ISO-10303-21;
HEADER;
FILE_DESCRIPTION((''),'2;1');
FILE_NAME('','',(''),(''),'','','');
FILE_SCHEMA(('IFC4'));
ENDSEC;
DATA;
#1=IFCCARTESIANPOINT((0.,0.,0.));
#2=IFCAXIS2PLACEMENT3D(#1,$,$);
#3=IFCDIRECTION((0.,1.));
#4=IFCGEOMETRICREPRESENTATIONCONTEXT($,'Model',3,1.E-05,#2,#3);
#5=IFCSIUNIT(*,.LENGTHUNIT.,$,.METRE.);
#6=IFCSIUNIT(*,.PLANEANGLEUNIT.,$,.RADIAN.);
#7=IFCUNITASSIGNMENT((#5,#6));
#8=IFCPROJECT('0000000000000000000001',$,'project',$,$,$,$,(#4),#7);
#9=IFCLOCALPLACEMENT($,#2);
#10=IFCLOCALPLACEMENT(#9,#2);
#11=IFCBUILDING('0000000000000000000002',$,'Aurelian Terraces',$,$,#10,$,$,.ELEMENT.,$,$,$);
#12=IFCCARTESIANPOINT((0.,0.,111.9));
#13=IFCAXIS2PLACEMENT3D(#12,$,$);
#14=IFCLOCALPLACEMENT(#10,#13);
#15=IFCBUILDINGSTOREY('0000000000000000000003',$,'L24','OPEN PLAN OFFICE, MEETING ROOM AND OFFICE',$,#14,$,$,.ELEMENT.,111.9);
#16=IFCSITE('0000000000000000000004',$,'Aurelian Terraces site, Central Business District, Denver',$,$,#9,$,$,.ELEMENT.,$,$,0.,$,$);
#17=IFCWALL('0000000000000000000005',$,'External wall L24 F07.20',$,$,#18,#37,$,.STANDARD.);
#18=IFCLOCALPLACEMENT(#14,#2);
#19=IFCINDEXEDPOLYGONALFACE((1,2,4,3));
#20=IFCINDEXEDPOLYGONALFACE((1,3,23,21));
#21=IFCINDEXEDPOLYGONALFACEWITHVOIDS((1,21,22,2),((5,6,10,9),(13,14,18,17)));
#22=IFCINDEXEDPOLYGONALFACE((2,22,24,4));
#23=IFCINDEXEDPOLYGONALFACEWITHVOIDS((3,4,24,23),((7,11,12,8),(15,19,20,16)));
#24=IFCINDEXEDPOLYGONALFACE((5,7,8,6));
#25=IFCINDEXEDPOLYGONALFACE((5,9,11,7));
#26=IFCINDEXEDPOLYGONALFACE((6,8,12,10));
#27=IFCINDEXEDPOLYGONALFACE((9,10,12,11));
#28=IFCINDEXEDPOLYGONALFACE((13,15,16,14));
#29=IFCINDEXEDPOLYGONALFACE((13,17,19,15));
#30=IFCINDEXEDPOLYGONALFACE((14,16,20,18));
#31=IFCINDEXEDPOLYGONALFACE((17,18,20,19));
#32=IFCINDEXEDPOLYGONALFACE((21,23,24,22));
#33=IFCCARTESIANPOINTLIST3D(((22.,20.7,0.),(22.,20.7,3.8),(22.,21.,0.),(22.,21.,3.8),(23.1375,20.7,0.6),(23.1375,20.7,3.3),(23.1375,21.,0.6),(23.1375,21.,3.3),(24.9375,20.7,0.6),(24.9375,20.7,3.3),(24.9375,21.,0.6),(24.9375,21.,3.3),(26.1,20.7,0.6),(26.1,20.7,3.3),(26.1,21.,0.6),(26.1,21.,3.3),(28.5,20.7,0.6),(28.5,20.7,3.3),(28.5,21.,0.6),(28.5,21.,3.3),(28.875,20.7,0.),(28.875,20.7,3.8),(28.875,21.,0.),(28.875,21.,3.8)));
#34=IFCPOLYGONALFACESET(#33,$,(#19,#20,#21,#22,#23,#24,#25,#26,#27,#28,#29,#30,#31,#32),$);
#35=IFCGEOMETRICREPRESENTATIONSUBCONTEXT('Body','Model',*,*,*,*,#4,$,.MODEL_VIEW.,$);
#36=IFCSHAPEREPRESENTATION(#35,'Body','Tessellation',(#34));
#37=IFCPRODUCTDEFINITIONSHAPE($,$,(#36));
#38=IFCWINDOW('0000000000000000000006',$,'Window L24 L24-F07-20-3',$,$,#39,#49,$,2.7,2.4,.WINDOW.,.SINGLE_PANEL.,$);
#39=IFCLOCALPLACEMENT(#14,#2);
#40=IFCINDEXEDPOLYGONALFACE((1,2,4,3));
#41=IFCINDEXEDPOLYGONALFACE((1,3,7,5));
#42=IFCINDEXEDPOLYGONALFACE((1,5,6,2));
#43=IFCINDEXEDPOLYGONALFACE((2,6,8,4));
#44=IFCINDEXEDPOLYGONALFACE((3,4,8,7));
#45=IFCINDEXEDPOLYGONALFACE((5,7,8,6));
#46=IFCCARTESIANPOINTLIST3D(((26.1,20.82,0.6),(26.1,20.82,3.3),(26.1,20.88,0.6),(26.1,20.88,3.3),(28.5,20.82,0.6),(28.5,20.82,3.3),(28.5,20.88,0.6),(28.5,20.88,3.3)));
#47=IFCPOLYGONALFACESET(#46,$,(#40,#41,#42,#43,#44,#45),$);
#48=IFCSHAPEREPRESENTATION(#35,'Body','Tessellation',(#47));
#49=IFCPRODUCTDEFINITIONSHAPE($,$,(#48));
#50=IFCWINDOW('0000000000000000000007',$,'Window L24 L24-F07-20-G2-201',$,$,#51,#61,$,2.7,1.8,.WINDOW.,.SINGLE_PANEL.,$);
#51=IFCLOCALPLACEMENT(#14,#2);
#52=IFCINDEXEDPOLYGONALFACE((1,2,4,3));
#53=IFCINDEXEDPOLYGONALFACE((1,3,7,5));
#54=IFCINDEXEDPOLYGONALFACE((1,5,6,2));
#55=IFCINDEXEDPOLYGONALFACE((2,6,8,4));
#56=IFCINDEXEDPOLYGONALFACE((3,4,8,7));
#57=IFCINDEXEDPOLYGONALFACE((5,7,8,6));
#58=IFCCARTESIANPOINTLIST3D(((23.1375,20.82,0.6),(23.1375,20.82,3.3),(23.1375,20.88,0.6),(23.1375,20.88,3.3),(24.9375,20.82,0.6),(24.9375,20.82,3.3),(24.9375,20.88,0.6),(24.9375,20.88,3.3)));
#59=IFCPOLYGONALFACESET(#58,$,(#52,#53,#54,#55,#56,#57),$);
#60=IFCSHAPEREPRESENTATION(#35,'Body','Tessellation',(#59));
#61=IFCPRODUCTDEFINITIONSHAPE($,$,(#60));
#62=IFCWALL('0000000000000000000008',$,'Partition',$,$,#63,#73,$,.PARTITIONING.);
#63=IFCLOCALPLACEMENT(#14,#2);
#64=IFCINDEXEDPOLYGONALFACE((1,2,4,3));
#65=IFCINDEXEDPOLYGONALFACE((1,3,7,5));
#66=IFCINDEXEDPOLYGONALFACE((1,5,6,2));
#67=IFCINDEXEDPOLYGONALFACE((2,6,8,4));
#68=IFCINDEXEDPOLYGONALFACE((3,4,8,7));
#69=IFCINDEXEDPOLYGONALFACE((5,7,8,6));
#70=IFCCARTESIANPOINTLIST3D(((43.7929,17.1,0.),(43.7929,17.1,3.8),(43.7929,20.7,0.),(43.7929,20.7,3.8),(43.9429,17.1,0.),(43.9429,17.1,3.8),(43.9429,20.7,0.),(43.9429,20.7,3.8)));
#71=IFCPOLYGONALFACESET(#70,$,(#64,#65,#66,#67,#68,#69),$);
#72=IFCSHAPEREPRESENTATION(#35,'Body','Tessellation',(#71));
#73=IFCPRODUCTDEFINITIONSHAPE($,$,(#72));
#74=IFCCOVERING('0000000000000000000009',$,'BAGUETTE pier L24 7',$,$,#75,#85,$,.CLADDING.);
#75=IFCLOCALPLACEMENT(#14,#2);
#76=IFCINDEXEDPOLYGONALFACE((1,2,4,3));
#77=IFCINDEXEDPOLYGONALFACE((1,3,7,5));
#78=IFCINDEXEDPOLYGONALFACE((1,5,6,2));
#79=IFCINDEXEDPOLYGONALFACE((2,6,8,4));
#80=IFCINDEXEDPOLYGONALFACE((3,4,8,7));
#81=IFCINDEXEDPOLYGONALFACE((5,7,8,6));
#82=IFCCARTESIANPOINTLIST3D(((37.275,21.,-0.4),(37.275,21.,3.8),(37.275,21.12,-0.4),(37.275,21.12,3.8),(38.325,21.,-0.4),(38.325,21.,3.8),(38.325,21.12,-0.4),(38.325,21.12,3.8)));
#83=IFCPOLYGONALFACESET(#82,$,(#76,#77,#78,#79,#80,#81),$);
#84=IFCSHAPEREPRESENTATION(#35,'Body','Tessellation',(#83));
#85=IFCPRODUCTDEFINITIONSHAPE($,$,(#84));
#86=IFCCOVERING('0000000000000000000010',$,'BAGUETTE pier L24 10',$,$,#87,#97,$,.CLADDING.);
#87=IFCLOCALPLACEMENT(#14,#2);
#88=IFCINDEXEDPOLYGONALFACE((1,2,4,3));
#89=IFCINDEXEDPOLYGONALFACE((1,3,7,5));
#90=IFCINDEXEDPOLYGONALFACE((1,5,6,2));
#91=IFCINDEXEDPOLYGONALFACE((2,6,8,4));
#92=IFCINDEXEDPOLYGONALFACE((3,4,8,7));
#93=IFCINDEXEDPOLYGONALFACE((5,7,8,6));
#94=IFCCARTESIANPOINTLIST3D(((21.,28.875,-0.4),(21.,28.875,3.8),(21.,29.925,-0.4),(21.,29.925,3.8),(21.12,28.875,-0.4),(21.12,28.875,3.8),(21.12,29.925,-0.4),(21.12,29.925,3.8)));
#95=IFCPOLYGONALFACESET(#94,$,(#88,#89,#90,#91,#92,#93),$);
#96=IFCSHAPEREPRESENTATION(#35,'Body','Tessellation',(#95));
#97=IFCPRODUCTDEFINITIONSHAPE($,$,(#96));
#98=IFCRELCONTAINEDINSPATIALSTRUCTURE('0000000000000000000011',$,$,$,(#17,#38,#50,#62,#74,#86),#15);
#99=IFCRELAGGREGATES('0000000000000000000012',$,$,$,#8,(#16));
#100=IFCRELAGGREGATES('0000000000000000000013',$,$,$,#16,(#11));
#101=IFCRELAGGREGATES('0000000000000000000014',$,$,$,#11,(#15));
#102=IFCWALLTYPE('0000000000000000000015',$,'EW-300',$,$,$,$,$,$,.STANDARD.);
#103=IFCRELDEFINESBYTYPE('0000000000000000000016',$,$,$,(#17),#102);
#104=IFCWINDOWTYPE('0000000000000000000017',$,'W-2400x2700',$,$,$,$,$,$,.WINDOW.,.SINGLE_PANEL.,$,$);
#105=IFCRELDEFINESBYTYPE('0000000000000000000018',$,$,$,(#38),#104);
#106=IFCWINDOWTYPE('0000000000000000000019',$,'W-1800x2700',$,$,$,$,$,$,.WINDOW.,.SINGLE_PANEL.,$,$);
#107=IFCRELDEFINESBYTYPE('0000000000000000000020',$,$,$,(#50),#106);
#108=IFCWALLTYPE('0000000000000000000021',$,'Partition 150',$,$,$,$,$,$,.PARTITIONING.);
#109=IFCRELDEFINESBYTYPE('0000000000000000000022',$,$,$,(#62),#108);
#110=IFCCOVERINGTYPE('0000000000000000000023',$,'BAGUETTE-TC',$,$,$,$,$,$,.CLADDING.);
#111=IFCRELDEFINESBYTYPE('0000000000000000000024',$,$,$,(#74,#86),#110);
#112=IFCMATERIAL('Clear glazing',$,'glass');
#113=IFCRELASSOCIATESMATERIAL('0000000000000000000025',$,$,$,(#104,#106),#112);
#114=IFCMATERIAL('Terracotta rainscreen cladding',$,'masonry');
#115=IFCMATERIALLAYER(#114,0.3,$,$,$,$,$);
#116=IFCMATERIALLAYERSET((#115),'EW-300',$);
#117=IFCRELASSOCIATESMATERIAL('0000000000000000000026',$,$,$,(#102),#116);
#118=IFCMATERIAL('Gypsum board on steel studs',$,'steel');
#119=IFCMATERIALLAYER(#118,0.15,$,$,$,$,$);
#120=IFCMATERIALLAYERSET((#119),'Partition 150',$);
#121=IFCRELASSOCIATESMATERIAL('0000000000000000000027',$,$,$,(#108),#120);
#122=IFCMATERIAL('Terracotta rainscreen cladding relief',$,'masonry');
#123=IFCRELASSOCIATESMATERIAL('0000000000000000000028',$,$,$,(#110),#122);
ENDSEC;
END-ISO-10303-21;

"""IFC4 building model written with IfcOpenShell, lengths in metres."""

from ifc_helpers import new_model, si_unit, direction, frame, frame_2d, origin, origin_2d, place, context, subcontext, project, spatial, rectangle, extrude, source, transform, mapped, material, layer, layer_set, type_object, element, fill, save


model = new_model("IFC4")

# Units and contexts
model_context = context("Model", 3, precision=1e-05, world=origin(), true_north=direction((0.0, 1.0)))
body_context = subcontext(model_context, "Body", "Model", "MODEL_VIEW")
ifc_project = project(units=[si_unit("LENGTHUNIT", "METRE"), si_unit("PLANEANGLEUNIT", "RADIAN")], contexts=[model_context])

# Site, building, storey
site_placement = place(None, origin())
site = spatial("IfcSite", under=ifc_project, at=site_placement, Name="Aurelian Terraces site, Central Business District, Denver", CompositionType="ELEMENT", RefElevation=0.0)
building_placement = place(site_placement, origin())
building = spatial("IfcBuilding", under=site, at=building_placement, Name="Aurelian Terraces", CompositionType="ELEMENT")
storey_placement = place(building_placement, frame((0.0, 0.0, 111.9)))
storey = spatial("IfcBuildingStorey", under=building, at=storey_placement, Name="L24", Description="OPEN PLAN OFFICE, MEETING ROOM AND OFFICE", CompositionType="ELEMENT", Elevation=111.9)

# Shared definitions
ifc_material_1 = material(Name="Clear glazing", Category="glass")
window_type_1 = type_object("IfcWindowType", Name="W-2400x2700", PartitioningType="SINGLE_PANEL", PredefinedType="WINDOW", material=ifc_material_1)
shared_shape_1 = source(origin(), body_context, "Body", "SweptSolid", [
    extrude(rectangle(XDim=2.4, YDim=2.7, at=frame_2d((1.2, 1.35))), frame((0.0, 0.03, 0.0), z_axis=(0.0, -1.0, 0.0), x_axis=(1.0, 0.0, 0.0)), (0.0, 0.0, 1.0), 0.06),
])

# Wall, openings, windows
ifc_material_2 = material(Name="Terracotta rainscreen cladding", Category="masonry")
ifc_layer_1 = layer(ifc_material_2, 0.3)
ifc_layer_set_1 = layer_set([ifc_layer_1], Name="EW-300")
wall_type_1 = type_object("IfcWallType", Name="EW-300", PredefinedType="STANDARD", material=ifc_layer_set_1)
shared_shape_2 = source(origin(), body_context, "Body", "SweptSolid", [
    extrude(rectangle(XDim=6.875, YDim=0.3, at=frame_2d((3.4375, 0.0))), origin(), (0.0, 0.0, 1.0), 3.8),
])
wall_1_placement = place(storey_placement, frame((28.875, 20.85, 0.0), z_axis=(0.0, 0.0, 1.0), x_axis=(-1.0, 0.0, 0.0)))
wall_1 = element("IfcWall", 1, at=wall_1_placement, inside=storey, type_object=wall_type_1, Name="External wall L24 F07.20", PredefinedType="STANDARD", context=body_context, shape_type="MappedRepresentation", body=[
    mapped(shared_shape_2, transform((0.0, 0.0, 0.0), scale=1.0)),
])
shared_shape_3 = source(origin(), body_context, "Body", "SweptSolid", [
    extrude(rectangle(XDim=2.4, YDim=2.7, at=frame_2d((1.2, 1.35))), frame((0.0, 0.16, 0.0), z_axis=(0.0, -1.0, 0.0), x_axis=(1.0, 0.0, 0.0)), (0.0, 0.0, 1.0), 0.32),
])
opening_1_placement = place(wall_1_placement, frame((0.375, 0.0, 0.6)))
opening_1 = element("IfcOpeningElement", 2, at=opening_1_placement, cuts=wall_1, PredefinedType="OPENING", context=body_context, shape_type="MappedRepresentation", body=[
    mapped(shared_shape_3, transform((0.0, 0.0, 0.0), scale=1.0)),
])
shared_shape_4 = source(origin(), body_context, "Body", "SweptSolid", [
    extrude(rectangle(XDim=1.8, YDim=2.7, at=frame_2d((0.9, 1.35))), frame((0.0, 0.16, 0.0), z_axis=(0.0, -1.0, 0.0), x_axis=(1.0, 0.0, 0.0)), (0.0, 0.0, 1.0), 0.32),
])
opening_2_placement = place(wall_1_placement, frame((3.9375, 0.0, 0.6)))
opening_2 = element("IfcOpeningElement", 3, at=opening_2_placement, cuts=wall_1, PredefinedType="OPENING", context=body_context, shape_type="MappedRepresentation", body=[
    mapped(shared_shape_4, transform((0.0, 0.0, 0.0), scale=1.0)),
])
window_1_placement = place(opening_1_placement, origin())
window_1 = element("IfcWindow", 4, at=window_1_placement, inside=storey, type_object=window_type_1, Name="Window L24 L24-F07-20-3", OverallHeight=2.7, OverallWidth=2.4, PartitioningType="SINGLE_PANEL", PredefinedType="WINDOW", context=body_context, shape_type="MappedRepresentation", body=[
    mapped(shared_shape_1, transform((0.0, 0.0, 0.0), scale=1.0)),
])
fill(opening_1, window_1)
window_type_2 = type_object("IfcWindowType", Name="W-1800x2700", PartitioningType="SINGLE_PANEL", PredefinedType="WINDOW", material=ifc_material_1)
shared_shape_5 = source(origin(), body_context, "Body", "SweptSolid", [
    extrude(rectangle(XDim=1.8, YDim=2.7, at=frame_2d((0.9, 1.35))), frame((0.0, 0.03, 0.0), z_axis=(0.0, -1.0, 0.0), x_axis=(1.0, 0.0, 0.0)), (0.0, 0.0, 1.0), 0.06),
])
window_2_placement = place(opening_2_placement, origin())
window_2 = element("IfcWindow", 5, at=window_2_placement, inside=storey, type_object=window_type_2, Name="Window L24 L24-F07-20-G2-201", OverallHeight=2.7, OverallWidth=1.8, PartitioningType="SINGLE_PANEL", PredefinedType="WINDOW", context=body_context, shape_type="MappedRepresentation", body=[
    mapped(shared_shape_5, transform((0.0, 0.0, 0.0), scale=1.0)),
])
fill(opening_2, window_2)

# Wall
ifc_material_3 = material(Name="Gypsum board on steel studs", Category="steel")
ifc_layer_2 = layer(ifc_material_3, 0.15)
ifc_layer_set_2 = layer_set([ifc_layer_2], Name="Partition 150")
wall_type_2 = type_object("IfcWallType", Name="Partition 150", PredefinedType="PARTITIONING", material=ifc_layer_set_2)
shared_shape_6 = source(origin(), body_context, "Body", "SweptSolid", [
    extrude(rectangle(XDim=3.6, YDim=0.15, at=frame_2d((1.8, 0.0))), origin(), (0.0, 0.0, 1.0), 3.8),
])
wall_2_placement = place(storey_placement, frame((43.8679, 20.7, 0.0), z_axis=(0.0, 0.0, 1.0), x_axis=(0.0, -1.0, 0.0)))
element("IfcWall", 6, at=wall_2_placement, inside=storey, type_object=wall_type_2, Name="Partition", PredefinedType="PARTITIONING", context=body_context, shape_type="MappedRepresentation", body=[
    mapped(shared_shape_6, transform((0.0, 0.0, 0.0), scale=1.0)),
])

# Coverings
ifc_material_4 = material(Name="Terracotta rainscreen cladding relief", Category="masonry")
covering_type = type_object("IfcCoveringType", Name="BAGUETTE-TC", PredefinedType="CLADDING", material=ifc_material_4)
shared_shape_7 = source(origin(), body_context, "Body", "SweptSolid", [
    extrude(rectangle(XDim=1.05, YDim=0.12, at=origin_2d()), origin(), (0.0, 0.0, 1.0), 4.2),
])
covering_1_placement = place(storey_placement, frame((37.8, 21.06, -0.4), z_axis=(0.0, 0.0, 1.0), x_axis=(1.0, 0.0, 0.0)))
element("IfcCovering", 7, at=covering_1_placement, inside=storey, type_object=covering_type, Name="BAGUETTE pier L24 7", PredefinedType="CLADDING", context=body_context, shape_type="MappedRepresentation", body=[
    mapped(shared_shape_7, transform((0.0, 0.0, 0.0), scale=1.0)),
])
shared_shape_8 = source(origin(), body_context, "Body", "SweptSolid", [
    extrude(rectangle(XDim=0.12, YDim=1.05, at=origin_2d()), origin(), (0.0, 0.0, 1.0), 4.2),
])
covering_2_placement = place(storey_placement, frame((21.06, 29.4, -0.4), z_axis=(0.0, 0.0, 1.0), x_axis=(1.0, 0.0, 0.0)))
element("IfcCovering", 8, at=covering_2_placement, inside=storey, type_object=covering_type, Name="BAGUETTE pier L24 10", PredefinedType="CLADDING", context=body_context, shape_type="MappedRepresentation", body=[
    mapped(shared_shape_8, transform((0.0, 0.0, 0.0), scale=1.0)),
])

save(model, "model.ifc")
